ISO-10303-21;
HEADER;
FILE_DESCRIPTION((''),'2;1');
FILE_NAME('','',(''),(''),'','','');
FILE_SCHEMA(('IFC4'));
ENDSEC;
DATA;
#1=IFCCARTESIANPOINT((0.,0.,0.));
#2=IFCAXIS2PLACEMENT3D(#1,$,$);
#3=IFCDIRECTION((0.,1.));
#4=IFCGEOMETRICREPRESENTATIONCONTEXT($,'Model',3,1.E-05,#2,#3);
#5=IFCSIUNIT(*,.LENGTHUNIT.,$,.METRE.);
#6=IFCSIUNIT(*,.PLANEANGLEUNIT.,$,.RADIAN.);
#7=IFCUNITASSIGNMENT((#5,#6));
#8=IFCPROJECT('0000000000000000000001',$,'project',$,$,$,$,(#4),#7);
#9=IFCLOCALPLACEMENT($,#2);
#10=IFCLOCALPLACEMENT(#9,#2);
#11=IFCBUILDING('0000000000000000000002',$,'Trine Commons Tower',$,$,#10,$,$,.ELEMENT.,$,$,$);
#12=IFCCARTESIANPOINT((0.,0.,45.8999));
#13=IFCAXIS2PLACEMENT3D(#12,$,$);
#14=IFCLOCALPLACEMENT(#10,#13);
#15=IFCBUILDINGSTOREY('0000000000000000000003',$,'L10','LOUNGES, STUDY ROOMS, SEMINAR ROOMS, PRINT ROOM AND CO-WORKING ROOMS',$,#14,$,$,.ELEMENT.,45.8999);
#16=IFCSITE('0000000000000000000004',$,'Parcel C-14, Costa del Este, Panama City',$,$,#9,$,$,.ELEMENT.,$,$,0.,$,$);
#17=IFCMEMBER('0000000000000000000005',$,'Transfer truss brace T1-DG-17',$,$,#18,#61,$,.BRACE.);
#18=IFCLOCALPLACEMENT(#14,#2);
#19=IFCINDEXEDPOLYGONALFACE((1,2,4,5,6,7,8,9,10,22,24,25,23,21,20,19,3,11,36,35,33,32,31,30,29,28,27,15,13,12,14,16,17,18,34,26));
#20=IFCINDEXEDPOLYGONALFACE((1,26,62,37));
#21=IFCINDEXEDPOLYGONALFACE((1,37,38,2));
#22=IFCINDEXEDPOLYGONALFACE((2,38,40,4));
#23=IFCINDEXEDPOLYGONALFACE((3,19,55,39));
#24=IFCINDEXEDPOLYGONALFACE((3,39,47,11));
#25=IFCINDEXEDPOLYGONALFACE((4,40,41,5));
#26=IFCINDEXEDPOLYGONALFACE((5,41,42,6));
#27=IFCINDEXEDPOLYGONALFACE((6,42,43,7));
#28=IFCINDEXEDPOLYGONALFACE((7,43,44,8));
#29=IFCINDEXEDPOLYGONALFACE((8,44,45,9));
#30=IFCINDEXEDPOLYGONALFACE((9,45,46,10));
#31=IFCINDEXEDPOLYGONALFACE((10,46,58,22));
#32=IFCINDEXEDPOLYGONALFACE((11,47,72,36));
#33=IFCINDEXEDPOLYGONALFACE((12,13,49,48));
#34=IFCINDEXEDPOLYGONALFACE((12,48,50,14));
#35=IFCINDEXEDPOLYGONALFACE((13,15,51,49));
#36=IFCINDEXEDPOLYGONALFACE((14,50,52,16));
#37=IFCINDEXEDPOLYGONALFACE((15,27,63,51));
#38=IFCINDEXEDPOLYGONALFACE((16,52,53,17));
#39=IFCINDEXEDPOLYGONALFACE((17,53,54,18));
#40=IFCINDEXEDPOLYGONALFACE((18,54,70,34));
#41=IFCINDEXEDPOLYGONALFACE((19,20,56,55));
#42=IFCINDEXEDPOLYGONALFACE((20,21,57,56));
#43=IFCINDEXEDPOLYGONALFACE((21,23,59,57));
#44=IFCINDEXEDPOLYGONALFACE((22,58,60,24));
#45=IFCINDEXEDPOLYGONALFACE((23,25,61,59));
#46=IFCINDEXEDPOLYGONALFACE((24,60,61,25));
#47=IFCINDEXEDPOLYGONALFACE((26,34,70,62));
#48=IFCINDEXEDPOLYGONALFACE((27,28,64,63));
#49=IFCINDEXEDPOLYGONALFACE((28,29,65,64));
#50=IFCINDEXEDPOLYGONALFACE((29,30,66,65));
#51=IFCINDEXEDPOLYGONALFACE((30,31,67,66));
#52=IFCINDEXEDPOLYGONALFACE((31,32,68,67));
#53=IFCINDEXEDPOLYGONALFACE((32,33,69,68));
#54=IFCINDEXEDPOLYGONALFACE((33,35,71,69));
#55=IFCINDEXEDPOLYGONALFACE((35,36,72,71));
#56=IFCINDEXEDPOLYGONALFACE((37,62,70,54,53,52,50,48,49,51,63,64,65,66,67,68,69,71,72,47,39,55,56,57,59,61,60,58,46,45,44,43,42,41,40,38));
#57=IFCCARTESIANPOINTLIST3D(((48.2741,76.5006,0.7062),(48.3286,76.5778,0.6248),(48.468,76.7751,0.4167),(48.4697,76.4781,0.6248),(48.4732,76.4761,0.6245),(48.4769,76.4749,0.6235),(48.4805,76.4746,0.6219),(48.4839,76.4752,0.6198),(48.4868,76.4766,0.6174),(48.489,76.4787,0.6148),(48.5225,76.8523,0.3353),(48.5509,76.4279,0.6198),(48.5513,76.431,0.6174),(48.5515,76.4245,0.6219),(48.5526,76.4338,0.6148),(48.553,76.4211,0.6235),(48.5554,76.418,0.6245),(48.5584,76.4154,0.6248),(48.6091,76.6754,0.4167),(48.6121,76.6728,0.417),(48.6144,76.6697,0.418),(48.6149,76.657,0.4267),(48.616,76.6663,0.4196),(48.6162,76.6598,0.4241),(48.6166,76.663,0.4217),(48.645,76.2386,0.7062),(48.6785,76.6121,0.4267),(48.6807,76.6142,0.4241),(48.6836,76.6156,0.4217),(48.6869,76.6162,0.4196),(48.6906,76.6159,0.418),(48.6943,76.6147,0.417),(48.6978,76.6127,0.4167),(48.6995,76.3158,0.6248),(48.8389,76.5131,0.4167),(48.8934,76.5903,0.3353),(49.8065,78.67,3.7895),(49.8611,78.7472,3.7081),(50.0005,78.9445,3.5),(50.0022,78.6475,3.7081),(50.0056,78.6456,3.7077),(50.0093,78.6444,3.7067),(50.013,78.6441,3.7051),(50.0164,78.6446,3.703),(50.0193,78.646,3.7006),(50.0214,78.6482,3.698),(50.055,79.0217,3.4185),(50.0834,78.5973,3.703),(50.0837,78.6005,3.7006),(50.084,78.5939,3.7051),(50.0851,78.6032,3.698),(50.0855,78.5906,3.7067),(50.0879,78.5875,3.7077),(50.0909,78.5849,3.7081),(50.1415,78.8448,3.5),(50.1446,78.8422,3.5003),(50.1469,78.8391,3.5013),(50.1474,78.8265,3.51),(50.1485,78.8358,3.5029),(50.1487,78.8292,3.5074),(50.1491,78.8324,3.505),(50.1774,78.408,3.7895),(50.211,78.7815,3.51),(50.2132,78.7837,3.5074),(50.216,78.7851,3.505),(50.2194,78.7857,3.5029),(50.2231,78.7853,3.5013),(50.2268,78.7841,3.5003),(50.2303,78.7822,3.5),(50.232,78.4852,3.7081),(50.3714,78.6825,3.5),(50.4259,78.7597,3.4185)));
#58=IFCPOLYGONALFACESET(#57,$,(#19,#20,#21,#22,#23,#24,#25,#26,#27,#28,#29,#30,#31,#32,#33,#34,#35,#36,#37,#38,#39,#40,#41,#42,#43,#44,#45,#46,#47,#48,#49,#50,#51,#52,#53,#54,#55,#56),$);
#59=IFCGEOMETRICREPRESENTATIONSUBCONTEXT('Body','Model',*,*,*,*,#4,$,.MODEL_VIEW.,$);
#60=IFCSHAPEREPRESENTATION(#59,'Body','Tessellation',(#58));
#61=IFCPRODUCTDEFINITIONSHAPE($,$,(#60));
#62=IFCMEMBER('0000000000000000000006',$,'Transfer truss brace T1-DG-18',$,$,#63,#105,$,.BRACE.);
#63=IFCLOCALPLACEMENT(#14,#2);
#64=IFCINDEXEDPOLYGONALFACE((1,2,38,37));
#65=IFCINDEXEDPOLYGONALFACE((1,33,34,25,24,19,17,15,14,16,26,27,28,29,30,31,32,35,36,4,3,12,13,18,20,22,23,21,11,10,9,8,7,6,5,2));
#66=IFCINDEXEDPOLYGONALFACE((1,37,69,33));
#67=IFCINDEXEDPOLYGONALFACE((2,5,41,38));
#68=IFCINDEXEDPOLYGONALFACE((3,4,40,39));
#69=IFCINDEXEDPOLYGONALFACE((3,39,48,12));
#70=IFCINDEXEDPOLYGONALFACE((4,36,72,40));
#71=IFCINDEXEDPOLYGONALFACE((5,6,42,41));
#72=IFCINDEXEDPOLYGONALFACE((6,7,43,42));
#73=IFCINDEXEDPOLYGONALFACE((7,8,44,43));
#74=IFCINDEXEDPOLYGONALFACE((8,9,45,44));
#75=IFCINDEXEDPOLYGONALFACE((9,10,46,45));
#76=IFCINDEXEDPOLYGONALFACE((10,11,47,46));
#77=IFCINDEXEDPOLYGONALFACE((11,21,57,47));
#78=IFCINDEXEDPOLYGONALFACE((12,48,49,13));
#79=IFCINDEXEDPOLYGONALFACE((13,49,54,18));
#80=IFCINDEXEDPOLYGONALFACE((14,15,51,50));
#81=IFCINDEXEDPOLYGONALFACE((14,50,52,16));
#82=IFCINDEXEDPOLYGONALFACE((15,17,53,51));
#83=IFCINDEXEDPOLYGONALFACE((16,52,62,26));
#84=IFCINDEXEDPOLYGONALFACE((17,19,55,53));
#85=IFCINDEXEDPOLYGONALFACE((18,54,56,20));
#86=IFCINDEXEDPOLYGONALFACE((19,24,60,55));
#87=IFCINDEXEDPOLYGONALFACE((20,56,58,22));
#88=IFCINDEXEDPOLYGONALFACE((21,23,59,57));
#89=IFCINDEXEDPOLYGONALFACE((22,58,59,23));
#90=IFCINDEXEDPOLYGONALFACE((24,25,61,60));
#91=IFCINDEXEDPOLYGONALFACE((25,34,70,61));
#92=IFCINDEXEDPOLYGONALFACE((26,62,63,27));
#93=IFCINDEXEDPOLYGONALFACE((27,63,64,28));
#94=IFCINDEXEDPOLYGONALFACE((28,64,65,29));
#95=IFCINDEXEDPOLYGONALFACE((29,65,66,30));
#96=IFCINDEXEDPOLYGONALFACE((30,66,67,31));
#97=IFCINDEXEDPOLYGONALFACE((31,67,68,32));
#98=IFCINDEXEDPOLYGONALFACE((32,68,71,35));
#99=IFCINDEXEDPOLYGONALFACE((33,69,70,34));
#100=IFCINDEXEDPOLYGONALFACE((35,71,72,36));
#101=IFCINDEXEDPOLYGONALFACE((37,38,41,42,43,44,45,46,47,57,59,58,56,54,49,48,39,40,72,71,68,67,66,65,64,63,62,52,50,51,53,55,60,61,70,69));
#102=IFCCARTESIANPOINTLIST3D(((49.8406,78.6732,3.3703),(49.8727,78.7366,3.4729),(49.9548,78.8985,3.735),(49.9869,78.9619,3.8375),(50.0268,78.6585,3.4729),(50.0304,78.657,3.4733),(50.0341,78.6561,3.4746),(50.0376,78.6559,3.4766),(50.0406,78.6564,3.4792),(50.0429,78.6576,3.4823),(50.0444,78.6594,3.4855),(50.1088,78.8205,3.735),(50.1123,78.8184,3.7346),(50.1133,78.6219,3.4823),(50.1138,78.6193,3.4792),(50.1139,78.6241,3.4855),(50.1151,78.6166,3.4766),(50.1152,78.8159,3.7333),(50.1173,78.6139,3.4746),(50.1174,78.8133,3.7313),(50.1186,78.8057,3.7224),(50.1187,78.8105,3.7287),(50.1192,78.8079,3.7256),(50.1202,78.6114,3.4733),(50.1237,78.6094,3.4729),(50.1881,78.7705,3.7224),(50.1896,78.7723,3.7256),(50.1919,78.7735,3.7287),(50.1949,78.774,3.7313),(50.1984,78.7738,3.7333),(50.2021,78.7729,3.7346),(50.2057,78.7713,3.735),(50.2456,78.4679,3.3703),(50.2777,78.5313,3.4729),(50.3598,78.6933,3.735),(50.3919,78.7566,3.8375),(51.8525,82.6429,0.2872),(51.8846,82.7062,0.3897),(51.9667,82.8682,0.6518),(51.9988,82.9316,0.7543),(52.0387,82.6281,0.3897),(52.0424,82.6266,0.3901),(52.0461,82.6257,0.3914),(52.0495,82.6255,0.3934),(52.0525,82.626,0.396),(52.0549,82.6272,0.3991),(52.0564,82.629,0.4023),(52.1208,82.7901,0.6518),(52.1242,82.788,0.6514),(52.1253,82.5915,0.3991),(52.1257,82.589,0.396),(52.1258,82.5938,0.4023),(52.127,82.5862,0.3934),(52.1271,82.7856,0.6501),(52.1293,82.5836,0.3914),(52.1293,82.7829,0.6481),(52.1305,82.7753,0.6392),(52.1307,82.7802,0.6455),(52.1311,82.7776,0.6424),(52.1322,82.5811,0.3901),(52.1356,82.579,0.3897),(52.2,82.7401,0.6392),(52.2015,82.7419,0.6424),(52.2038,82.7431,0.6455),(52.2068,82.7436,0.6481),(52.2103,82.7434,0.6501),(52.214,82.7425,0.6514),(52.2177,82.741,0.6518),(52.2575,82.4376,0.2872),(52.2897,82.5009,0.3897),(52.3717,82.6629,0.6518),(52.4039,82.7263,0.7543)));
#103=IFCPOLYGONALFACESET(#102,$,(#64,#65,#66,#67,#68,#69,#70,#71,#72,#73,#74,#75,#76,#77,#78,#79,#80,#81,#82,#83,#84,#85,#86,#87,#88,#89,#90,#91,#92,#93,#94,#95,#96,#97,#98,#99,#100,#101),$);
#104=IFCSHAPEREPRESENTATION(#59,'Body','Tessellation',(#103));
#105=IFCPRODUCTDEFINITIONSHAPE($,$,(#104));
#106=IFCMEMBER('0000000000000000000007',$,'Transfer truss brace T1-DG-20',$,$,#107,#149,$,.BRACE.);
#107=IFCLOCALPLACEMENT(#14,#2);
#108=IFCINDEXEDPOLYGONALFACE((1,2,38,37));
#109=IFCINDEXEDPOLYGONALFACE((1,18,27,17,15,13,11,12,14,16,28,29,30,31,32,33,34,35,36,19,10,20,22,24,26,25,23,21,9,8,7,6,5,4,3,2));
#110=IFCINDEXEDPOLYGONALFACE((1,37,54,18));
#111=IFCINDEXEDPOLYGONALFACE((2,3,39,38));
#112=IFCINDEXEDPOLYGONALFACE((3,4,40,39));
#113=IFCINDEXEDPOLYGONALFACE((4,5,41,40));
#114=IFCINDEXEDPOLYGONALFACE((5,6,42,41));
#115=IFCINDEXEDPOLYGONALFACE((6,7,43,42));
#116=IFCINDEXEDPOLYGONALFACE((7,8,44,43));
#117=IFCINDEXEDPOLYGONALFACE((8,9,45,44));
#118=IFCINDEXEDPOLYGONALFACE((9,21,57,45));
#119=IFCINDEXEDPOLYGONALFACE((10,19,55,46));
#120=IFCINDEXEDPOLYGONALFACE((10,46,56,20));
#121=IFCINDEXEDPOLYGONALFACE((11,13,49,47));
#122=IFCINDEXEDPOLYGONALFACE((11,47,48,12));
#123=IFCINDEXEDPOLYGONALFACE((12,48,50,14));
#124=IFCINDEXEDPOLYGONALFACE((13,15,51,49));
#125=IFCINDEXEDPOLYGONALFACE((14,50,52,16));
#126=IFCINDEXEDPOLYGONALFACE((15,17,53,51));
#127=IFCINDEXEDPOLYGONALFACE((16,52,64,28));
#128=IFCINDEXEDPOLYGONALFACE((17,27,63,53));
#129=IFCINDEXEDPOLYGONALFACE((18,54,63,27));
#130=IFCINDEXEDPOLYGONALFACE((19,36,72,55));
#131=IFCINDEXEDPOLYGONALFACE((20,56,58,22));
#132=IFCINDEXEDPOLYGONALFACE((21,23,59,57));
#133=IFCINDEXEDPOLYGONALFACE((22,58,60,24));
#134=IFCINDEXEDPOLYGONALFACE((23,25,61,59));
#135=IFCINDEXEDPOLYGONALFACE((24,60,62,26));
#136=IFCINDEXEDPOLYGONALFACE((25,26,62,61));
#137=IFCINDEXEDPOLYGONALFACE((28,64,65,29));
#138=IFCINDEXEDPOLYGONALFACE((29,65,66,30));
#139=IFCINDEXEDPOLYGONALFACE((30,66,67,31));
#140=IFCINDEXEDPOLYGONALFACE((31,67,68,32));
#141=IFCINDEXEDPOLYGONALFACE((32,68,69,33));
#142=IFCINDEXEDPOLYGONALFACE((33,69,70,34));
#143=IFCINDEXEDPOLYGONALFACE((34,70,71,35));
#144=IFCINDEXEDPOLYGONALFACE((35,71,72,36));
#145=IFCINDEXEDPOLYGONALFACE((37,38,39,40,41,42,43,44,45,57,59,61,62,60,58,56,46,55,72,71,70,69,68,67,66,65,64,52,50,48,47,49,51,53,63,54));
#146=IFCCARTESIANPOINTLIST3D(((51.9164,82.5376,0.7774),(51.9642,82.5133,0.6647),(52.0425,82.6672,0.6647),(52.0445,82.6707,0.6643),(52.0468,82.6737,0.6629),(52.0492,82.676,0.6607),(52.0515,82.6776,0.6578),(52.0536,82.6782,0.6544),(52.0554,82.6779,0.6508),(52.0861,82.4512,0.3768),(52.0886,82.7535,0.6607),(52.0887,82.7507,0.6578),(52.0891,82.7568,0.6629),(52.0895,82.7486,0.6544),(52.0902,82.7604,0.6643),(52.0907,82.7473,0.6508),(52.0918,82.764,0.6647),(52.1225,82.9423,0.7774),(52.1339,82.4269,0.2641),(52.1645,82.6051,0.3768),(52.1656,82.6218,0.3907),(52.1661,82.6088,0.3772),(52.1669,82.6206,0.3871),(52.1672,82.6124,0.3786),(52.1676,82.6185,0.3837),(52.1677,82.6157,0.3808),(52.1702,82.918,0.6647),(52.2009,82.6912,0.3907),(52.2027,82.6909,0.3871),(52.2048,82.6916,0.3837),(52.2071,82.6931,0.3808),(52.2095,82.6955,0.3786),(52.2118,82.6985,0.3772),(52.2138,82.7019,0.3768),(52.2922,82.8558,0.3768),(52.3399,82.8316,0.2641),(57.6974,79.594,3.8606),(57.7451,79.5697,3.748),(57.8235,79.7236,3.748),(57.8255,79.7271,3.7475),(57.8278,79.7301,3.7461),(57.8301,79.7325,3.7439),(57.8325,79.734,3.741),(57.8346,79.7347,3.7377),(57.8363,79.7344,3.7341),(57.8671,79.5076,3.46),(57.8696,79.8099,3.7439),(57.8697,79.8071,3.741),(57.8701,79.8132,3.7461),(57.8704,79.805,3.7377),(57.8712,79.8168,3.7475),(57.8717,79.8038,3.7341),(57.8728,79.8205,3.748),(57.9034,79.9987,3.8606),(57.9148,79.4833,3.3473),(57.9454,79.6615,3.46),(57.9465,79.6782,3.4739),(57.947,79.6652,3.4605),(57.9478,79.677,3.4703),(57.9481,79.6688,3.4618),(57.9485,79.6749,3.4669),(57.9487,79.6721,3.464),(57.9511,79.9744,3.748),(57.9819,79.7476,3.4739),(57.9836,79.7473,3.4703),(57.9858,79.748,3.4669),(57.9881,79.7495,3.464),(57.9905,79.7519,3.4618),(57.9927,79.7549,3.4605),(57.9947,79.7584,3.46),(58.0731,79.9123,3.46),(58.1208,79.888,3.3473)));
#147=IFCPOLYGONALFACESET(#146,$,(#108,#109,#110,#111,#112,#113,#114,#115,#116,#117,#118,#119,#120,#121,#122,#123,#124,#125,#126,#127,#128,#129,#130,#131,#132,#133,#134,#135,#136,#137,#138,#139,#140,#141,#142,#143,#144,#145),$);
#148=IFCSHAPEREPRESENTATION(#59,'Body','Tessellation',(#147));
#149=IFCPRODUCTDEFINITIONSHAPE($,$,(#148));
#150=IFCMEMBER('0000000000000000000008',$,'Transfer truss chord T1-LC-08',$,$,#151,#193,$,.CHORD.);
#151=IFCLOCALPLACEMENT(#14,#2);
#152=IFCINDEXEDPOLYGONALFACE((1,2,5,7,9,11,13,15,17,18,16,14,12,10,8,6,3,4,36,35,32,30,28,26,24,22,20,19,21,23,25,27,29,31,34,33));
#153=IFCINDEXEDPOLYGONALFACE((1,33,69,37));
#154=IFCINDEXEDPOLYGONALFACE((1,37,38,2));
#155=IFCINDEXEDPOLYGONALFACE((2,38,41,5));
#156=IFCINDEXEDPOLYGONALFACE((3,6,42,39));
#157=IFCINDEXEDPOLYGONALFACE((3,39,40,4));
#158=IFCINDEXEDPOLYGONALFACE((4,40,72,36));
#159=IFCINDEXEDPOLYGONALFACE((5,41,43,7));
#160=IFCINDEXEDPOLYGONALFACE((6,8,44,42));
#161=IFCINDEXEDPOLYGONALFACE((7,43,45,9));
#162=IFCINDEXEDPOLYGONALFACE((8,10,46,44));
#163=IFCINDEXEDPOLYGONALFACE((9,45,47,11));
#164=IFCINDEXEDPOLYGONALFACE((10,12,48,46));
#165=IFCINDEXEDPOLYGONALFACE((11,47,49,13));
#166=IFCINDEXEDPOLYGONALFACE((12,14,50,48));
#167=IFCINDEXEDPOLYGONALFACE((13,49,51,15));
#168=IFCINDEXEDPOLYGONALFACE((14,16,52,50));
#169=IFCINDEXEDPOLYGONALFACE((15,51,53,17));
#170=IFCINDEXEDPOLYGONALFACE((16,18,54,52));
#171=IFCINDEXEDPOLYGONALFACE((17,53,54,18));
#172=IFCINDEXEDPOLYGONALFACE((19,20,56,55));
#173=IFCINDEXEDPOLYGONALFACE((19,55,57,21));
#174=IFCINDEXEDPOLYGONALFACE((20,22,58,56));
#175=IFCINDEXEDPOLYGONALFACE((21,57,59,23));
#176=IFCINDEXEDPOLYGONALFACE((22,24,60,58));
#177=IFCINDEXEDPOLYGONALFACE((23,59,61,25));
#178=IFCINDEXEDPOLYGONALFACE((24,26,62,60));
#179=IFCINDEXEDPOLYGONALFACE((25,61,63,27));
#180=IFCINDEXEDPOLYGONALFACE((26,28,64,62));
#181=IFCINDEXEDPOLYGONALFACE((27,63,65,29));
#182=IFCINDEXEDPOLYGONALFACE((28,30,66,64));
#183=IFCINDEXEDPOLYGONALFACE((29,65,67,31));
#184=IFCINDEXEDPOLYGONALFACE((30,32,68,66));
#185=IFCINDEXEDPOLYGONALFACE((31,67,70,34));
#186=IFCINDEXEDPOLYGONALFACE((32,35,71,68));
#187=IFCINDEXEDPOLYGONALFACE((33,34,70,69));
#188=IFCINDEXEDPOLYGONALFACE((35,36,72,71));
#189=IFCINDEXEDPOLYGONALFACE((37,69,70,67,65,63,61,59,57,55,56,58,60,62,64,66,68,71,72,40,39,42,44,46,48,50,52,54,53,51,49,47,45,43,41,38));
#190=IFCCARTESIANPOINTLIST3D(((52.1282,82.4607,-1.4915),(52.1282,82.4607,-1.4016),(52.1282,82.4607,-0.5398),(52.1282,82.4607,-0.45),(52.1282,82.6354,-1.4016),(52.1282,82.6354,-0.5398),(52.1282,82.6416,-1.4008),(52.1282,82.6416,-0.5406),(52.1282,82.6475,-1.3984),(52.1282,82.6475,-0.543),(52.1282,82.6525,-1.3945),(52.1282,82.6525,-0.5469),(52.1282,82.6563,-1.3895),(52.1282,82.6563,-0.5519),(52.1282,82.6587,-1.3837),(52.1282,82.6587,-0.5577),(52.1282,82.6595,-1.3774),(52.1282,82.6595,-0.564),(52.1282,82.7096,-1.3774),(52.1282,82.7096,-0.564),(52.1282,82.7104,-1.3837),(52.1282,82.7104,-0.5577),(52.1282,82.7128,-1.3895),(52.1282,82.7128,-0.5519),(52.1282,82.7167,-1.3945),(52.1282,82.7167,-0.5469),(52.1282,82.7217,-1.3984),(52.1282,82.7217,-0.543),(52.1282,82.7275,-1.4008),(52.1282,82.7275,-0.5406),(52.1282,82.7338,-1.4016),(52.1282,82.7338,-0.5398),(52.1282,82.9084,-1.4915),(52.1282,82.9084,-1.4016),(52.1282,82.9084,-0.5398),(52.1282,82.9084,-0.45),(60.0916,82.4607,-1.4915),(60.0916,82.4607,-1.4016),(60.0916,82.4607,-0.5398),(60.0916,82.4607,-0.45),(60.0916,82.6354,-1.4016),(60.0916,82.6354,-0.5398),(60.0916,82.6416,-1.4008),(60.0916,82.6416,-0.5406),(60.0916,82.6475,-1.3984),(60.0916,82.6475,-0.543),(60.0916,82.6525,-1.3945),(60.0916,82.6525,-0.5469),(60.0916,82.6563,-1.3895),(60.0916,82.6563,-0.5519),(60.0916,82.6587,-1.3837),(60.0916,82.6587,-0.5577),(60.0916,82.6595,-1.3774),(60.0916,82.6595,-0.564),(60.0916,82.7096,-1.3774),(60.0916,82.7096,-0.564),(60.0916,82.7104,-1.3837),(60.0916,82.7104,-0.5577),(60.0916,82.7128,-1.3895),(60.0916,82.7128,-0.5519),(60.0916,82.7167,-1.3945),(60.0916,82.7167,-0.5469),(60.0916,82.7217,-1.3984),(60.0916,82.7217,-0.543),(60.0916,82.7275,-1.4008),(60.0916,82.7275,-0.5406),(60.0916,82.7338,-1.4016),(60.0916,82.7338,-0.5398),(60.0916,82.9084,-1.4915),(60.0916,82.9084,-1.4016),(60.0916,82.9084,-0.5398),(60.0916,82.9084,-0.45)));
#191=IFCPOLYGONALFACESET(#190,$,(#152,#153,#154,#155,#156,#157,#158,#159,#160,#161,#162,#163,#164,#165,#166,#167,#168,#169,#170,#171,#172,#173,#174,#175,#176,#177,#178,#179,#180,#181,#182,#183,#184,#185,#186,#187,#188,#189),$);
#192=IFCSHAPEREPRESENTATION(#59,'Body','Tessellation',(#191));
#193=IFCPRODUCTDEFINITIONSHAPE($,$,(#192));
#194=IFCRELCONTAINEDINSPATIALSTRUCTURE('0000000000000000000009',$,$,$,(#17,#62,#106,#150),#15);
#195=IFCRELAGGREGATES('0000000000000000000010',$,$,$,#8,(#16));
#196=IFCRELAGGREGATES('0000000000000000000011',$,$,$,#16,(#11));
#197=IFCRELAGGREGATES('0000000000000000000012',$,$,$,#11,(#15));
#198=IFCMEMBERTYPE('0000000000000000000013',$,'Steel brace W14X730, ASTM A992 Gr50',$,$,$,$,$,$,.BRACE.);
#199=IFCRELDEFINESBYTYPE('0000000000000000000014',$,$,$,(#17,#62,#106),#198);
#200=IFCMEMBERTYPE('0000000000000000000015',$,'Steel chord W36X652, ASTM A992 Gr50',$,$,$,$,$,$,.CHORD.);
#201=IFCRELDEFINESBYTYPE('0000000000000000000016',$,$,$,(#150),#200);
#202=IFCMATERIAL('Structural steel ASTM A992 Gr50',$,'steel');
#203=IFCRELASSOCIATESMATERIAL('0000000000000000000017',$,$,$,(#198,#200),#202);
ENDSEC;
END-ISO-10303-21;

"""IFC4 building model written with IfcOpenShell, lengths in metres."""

from ifc_helpers import new_model, si_unit, direction, frame, origin, origin_2d, place, context, subcontext, project, spatial, i_section, extrude, material, material_profile, profile_set, type_object, element, save


model = new_model("IFC4")

# Units and contexts
model_context = context("Model", 3, precision=1e-05, world=origin(), true_north=direction((0.0, 1.0)))
body_context = subcontext(model_context, "Body", "Model", "MODEL_VIEW")
ifc_project = project(units=[si_unit("LENGTHUNIT", "METRE"), si_unit("PLANEANGLEUNIT", "RADIAN")], contexts=[model_context])

# Site, building, storey
site_placement = place(None, origin())
site = spatial("IfcSite", under=ifc_project, at=site_placement, Name="Parcel C-14, Costa del Este, Panama City", CompositionType="ELEMENT", RefElevation=0.0)
building_placement = place(site_placement, origin())
building = spatial("IfcBuilding", under=site, at=building_placement, Name="Trine Commons Tower", CompositionType="ELEMENT")
storey_placement = place(building_placement, frame((0.0, 0.0, 45.8999)))
storey = spatial("IfcBuildingStorey", under=building, at=storey_placement, Name="L10", Description="LOUNGES, STUDY ROOMS, SEMINAR ROOMS, PRINT ROOM AND CO-WORKING ROOMS", CompositionType="ELEMENT", Elevation=45.8999)

# Shared definitions
ifc_material_1 = material(Name="Structural steel ASTM A992 Gr50", Category="steel")

# Members
ifc_material_profile_1 = material_profile(ifc_material_1, i_section(OverallWidth=0.4541, OverallDepth=0.5684, WebThickness=0.0779, FlangeThickness=0.1248, FilletRadius=0.0154, at=origin_2d()), Name="W14X730")
ifc_profile_set_1 = profile_set([ifc_material_profile_1], Name="Structural steel ASTM A992 Gr50")
member_type_1 = type_object("IfcMemberType", Name="Steel brace W14X730, ASTM A992 Gr50", PredefinedType="BRACE", material=ifc_profile_set_1)
member_1_placement = place(storey_placement, frame((48.5837, 76.5454, 0.5208), z_axis=(0.376569, 0.533087, 0.757637), x_axis=(-0.816772, 0.576961, 0.0)))
element("IfcMember", 1, at=member_1_placement, inside=storey, type_object=member_type_1, Name="Transfer truss brace T1-DG-17", PredefinedType="BRACE", context=body_context, shape_type="SweptSolid", body=[
    extrude(i_section(OverallWidth=0.4541, OverallDepth=0.5684, WebThickness=0.0779, FlangeThickness=0.1248, FilletRadius=0.0154, at=origin_2d()), origin(), (0.0, 0.0, 1.0), 4.0696),
])
member_2_placement = place(storey_placement, frame((52.1282, 82.6846, 0.5208), z_axis=(-0.371611, -0.733211, 0.569479), x_axis=(0.891978, -0.452078, 0.0)))
element("IfcMember", 2, at=member_2_placement, inside=storey, type_object=member_type_1, Name="Transfer truss brace T1-DG-18", PredefinedType="BRACE", context=body_context, shape_type="SweptSolid", body=[
    extrude(i_section(OverallWidth=0.4541, OverallDepth=0.5684, WebThickness=0.0779, FlangeThickness=0.1248, FilletRadius=0.0154, at=origin_2d()), origin(), (0.0, 0.0, 1.0), 5.4141),
])
member_3_placement = place(storey_placement, frame((52.1282, 82.6846, 0.5208), z_axis=(0.804851, -0.409818, 0.42926), x_axis=(0.45375, 0.891129, 0.0)))
element("IfcMember", 3, at=member_3_placement, inside=storey, type_object=member_type_1, Name="Transfer truss brace T1-DG-20", PredefinedType="BRACE", context=body_context, shape_type="SweptSolid", body=[
    extrude(i_section(OverallWidth=0.4541, OverallDepth=0.5684, WebThickness=0.0779, FlangeThickness=0.1248, FilletRadius=0.0154, at=origin_2d()), origin(), (0.0, 0.0, 1.0), 7.1826),
])
ifc_material_profile_2 = material_profile(ifc_material_1, i_section(OverallWidth=0.4478, OverallDepth=1.0415, WebThickness=0.05, FlangeThickness=0.0898, FilletRadius=0.0242, at=origin_2d()), Name="W36X652")
ifc_profile_set_2 = profile_set([ifc_material_profile_2], Name="Structural steel ASTM A992 Gr50")
member_type_2 = type_object("IfcMemberType", Name="Steel chord W36X652, ASTM A992 Gr50", PredefinedType="CHORD", material=ifc_profile_set_2)
member_4_placement = place(storey_placement, frame((52.1282, 82.6846, -0.9707), z_axis=(1.0, 0.0, 0.0), x_axis=(0.0, 1.0, 0.0)))
element("IfcMember", 4, at=member_4_placement, inside=storey, type_object=member_type_2, Name="Transfer truss chord T1-LC-08", PredefinedType="CHORD", context=body_context, shape_type="SweptSolid", body=[
    extrude(i_section(OverallWidth=0.4478, OverallDepth=1.0415, WebThickness=0.05, FlangeThickness=0.0898, FilletRadius=0.0242, at=origin_2d()), origin(), (0.0, 0.0, 1.0), 7.9634),
])

save(model, "model.ifc")
